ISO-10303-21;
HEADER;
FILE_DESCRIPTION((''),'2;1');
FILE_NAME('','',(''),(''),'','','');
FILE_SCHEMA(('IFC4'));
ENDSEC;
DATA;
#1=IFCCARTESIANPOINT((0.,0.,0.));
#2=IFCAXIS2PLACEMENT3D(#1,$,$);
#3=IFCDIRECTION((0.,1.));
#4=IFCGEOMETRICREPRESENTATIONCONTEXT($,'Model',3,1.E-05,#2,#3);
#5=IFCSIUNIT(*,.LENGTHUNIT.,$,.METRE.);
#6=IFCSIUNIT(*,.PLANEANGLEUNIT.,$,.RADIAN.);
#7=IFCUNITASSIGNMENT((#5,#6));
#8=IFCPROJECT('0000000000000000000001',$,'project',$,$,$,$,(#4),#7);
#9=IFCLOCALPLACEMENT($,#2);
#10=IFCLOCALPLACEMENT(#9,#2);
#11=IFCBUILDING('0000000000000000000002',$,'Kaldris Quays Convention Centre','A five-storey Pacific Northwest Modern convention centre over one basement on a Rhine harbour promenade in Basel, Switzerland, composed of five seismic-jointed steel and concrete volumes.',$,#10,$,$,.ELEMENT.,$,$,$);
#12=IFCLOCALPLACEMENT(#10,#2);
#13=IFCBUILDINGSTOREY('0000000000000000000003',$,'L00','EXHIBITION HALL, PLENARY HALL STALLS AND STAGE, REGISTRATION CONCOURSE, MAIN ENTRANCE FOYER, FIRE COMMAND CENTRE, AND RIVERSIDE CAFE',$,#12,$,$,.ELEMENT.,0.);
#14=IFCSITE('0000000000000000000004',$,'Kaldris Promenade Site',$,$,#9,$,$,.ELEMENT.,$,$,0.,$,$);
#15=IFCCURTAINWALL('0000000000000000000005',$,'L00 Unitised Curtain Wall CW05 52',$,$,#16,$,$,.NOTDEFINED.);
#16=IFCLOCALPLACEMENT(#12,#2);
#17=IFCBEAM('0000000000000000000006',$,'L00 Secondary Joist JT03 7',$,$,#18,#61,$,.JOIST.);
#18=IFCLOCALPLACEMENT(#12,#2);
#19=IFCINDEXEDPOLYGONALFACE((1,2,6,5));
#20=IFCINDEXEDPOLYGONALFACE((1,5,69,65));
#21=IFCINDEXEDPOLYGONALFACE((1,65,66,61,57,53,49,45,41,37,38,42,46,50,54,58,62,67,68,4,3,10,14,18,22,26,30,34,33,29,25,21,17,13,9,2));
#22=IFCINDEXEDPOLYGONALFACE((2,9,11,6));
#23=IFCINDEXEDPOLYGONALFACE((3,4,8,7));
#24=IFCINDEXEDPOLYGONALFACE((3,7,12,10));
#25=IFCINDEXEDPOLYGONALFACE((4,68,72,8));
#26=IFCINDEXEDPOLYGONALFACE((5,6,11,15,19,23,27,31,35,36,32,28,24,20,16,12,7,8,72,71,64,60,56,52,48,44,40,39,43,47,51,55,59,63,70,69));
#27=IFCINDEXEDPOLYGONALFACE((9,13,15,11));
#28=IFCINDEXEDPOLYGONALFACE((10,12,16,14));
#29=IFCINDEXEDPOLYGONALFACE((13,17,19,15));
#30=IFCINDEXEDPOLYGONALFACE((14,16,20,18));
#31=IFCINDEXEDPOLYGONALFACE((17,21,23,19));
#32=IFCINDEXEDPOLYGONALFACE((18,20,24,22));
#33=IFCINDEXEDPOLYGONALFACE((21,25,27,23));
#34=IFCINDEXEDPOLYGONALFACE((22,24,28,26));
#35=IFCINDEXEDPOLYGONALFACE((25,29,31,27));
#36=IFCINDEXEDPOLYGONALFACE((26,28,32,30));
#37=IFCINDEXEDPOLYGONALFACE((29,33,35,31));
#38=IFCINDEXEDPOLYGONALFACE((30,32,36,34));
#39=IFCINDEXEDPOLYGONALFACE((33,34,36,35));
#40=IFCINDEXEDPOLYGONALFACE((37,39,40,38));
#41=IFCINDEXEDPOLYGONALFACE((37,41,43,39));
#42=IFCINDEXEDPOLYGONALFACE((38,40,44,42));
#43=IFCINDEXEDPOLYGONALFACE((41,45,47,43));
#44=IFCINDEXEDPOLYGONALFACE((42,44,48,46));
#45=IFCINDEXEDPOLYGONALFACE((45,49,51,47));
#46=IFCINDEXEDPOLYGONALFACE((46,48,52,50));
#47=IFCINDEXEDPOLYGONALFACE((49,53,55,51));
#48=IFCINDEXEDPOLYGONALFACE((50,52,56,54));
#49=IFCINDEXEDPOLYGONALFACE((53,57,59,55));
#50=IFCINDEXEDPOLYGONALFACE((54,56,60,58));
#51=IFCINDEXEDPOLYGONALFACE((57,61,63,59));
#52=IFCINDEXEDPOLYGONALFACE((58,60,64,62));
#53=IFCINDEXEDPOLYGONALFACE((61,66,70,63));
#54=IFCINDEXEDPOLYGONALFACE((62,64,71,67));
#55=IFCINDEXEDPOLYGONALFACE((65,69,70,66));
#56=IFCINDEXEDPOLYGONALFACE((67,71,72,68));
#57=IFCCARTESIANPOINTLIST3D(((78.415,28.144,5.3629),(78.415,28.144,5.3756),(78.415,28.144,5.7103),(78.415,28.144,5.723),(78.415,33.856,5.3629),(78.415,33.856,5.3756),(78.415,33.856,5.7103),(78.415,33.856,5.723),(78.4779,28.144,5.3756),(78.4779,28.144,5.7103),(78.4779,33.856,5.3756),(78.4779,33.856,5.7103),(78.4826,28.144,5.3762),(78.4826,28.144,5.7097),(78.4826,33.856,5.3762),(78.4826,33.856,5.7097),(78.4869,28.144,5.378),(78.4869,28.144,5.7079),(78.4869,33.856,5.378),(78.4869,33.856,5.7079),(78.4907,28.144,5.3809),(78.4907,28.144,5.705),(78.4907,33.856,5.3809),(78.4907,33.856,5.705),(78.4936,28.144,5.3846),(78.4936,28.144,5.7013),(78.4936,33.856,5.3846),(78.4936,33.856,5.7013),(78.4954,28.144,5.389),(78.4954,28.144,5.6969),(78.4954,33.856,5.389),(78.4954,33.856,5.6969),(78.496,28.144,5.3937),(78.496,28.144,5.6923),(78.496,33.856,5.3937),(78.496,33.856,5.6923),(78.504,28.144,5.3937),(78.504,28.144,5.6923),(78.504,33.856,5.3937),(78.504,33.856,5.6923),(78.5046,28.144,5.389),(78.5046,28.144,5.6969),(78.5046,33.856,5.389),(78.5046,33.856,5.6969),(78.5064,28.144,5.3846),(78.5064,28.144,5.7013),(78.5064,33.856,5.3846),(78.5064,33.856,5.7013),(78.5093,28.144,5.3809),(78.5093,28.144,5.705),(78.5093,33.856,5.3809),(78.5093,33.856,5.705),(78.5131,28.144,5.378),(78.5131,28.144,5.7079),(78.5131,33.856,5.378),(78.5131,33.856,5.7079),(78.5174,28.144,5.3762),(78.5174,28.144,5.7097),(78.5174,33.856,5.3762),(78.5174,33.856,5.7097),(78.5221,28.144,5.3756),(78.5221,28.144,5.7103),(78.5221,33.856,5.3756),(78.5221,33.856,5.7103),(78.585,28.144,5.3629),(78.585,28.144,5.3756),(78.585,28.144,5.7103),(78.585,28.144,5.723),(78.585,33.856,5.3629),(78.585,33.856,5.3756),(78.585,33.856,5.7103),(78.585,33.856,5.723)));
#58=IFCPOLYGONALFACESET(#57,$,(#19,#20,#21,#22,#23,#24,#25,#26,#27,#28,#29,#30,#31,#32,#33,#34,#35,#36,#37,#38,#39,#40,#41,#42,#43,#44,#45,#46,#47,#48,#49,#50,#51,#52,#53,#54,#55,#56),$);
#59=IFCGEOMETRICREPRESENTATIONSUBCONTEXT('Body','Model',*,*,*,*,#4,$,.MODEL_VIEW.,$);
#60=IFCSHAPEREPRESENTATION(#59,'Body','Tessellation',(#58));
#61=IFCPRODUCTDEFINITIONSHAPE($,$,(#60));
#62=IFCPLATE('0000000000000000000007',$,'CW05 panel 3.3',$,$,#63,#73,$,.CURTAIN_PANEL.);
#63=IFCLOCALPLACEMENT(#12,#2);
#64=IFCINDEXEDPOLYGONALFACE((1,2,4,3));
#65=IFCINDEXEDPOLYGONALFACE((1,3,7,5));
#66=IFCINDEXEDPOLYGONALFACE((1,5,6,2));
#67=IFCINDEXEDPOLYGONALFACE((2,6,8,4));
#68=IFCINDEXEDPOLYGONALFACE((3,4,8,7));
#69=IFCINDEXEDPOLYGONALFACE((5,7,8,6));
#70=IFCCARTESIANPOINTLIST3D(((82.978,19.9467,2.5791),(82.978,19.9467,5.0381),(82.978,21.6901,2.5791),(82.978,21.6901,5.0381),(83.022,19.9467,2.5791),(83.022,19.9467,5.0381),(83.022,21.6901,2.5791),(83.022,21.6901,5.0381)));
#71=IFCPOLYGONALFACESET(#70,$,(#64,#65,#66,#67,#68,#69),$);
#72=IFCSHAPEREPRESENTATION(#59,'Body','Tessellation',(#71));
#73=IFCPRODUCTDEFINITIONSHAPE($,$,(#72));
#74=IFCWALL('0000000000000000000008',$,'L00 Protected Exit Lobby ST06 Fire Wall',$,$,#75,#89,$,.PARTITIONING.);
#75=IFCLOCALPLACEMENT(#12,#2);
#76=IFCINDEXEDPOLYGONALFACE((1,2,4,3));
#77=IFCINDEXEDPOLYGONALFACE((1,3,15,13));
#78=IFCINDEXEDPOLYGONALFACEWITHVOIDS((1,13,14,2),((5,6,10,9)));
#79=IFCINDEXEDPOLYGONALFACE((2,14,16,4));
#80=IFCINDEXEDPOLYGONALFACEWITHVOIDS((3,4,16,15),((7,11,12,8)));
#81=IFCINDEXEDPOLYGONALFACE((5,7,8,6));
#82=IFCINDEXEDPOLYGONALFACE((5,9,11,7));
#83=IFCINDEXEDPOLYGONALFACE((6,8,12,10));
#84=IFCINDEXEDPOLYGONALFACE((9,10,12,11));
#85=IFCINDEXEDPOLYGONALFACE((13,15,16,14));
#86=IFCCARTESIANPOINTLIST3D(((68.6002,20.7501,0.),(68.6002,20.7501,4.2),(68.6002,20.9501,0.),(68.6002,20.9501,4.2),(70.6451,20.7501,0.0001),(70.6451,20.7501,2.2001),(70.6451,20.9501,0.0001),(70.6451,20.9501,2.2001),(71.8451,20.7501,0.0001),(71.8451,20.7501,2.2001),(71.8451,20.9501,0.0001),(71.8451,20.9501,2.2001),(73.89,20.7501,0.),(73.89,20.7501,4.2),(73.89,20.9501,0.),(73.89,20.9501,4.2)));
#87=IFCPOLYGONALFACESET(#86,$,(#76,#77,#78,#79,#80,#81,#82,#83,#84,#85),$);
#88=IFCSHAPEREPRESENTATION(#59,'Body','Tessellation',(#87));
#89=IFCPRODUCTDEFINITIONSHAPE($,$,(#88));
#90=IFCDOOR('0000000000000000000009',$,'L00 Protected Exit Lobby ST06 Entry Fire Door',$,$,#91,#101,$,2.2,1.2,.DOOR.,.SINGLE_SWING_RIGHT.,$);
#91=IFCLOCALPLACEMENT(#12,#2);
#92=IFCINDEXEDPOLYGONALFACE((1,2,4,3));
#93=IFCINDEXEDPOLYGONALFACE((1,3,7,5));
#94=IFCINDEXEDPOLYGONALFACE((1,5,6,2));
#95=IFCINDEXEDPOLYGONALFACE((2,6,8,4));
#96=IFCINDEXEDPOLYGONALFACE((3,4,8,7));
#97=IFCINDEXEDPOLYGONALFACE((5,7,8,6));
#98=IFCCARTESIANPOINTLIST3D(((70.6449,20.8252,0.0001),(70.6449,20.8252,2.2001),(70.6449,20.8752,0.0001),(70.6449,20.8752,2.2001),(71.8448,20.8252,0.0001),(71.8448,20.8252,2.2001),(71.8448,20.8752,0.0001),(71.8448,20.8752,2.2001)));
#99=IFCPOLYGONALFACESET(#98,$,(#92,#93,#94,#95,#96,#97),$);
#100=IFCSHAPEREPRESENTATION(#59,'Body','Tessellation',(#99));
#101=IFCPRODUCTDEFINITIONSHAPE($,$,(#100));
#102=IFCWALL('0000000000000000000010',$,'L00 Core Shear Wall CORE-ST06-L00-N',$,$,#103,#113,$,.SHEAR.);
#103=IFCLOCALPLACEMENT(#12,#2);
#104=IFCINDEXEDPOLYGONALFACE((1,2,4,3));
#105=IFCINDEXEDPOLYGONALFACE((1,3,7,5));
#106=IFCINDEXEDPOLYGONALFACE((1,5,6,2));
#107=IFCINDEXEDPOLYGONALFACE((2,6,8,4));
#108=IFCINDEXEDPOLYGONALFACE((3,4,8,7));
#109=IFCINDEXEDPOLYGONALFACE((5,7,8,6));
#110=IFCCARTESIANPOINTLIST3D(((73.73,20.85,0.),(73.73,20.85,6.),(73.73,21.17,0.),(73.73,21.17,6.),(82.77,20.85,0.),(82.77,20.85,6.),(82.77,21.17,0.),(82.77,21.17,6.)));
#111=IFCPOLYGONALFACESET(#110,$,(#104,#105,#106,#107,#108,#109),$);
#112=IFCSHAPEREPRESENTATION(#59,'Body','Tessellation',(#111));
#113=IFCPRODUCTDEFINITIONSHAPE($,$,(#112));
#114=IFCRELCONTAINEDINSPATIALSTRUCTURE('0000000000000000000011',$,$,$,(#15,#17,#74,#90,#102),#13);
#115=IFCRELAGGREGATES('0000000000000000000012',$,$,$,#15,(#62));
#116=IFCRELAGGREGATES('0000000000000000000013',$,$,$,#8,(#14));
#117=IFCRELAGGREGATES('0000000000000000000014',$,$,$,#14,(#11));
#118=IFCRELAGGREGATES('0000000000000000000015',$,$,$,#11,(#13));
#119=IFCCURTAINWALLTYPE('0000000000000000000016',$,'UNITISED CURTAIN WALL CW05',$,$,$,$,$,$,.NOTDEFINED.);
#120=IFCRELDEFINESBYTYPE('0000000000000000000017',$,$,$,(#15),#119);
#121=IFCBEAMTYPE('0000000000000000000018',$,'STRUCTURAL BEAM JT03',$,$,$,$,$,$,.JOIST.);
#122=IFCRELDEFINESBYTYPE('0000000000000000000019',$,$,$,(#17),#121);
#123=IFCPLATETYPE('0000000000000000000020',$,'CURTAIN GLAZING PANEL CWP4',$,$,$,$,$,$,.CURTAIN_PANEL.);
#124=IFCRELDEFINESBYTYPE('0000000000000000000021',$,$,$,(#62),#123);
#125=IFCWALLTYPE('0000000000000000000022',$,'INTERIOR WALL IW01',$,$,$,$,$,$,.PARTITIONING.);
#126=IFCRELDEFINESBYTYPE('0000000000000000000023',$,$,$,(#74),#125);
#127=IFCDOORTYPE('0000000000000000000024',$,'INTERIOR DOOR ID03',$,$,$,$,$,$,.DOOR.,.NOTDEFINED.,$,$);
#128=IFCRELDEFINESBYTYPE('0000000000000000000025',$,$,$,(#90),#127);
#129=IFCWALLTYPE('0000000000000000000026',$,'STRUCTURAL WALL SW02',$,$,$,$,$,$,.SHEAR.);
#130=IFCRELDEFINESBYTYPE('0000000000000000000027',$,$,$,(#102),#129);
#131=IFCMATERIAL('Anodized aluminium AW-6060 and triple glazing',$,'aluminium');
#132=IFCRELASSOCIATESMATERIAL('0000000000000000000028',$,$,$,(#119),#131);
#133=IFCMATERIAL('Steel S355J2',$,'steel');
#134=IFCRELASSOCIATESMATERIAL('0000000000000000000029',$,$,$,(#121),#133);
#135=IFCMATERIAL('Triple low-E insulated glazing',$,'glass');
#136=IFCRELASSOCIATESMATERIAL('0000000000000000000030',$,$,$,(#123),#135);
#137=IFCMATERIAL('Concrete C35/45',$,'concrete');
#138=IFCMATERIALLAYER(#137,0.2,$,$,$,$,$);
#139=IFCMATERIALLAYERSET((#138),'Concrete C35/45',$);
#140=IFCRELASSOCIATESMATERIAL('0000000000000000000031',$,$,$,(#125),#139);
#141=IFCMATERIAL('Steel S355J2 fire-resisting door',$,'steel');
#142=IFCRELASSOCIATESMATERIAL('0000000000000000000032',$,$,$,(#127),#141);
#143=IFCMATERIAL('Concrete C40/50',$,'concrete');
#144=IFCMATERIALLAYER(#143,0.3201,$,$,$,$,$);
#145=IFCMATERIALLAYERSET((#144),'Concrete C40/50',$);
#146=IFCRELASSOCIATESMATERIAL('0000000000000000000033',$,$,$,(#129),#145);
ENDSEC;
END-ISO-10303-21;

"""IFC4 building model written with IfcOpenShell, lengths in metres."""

from ifc_helpers import new_model, si_unit, direction, frame, frame_2d, origin, origin_2d, place, context, subcontext, project, spatial, rectangle, i_section, extrude, material, layer, layer_set, material_profile, profile_set, type_object, element, fill, aggregate, save


model = new_model("IFC4")

# Units and contexts
model_context = context("Model", 3, precision=1e-05, world=origin(), true_north=direction((0.0, 1.0)))
body_context = subcontext(model_context, "Body", "Model", "MODEL_VIEW")
ifc_project = project(units=[si_unit("LENGTHUNIT", "METRE"), si_unit("PLANEANGLEUNIT", "RADIAN")], contexts=[model_context])

# Site, building, storey
site_placement = place(None, origin())
site = spatial("IfcSite", under=ifc_project, at=site_placement, Name="Kaldris Promenade Site", CompositionType="ELEMENT", RefElevation=0.0)
building_placement = place(site_placement, origin())
building = spatial("IfcBuilding", under=site, at=building_placement, Name="Kaldris Quays Convention Centre", Description="A five-storey Pacific Northwest Modern convention centre over one basement on a Rhine harbour promenade in Basel, Switzerland, composed of five seismic-jointed steel and concrete volumes.", CompositionType="ELEMENT")
storey_placement = place(building_placement, origin())
storey = spatial("IfcBuildingStorey", under=building, at=storey_placement, Name="L00", Description="EXHIBITION HALL, PLENARY HALL STALLS AND STAGE, REGISTRATION CONCOURSE, MAIN ENTRANCE FOYER, FIRE COMMAND CENTRE, AND RIVERSIDE CAFE", CompositionType="ELEMENT", Elevation=0.0)

# Shared definitions
ifc_material_1 = material(Name="Steel S355J2", Category="steel")

# Curtain wall
ifc_material_2 = material(Name="Anodized aluminium AW-6060 and triple glazing", Category="aluminium")
curtain_wall_type = type_object("IfcCurtainWallType", Name="UNITISED CURTAIN WALL CW05", PredefinedType="NOTDEFINED", material=ifc_material_2)
curtain_wall_1_placement = place(storey_placement, origin())
curtain_wall_1 = element("IfcCurtainWall", 1, at=curtain_wall_1_placement, inside=storey, type_object=curtain_wall_type, Name="L00 Unitised Curtain Wall CW05 52", PredefinedType="NOTDEFINED")

# Beam
ifc_material_profile_1 = material_profile(ifc_material_1, i_section(OverallWidth=0.1699, OverallDepth=0.3601, WebThickness=0.0081, FlangeThickness=0.0127, FilletRadius=0.0181, at=origin_2d()), Name="IPE 360")
ifc_profile_set_1 = profile_set([ifc_material_profile_1], Name="Steel S355J2")
beam_type_1 = type_object("IfcBeamType", Name="STRUCTURAL BEAM JT03", PredefinedType="JOIST", material=ifc_profile_set_1)
for number, where, z_axis, x_axis, name in (
    (2, (78.5, 28.144, 5.543), (0.0, 1.0, 0.0), (-1.0, 0.0, 0.0), "L00 Secondary Joist JT03 7"),
):
    element("IfcBeam", number, at=place(storey_placement, frame(where, z_axis=z_axis, x_axis=x_axis)), inside=storey, type_object=beam_type_1, Name=name, PredefinedType="JOIST", context=body_context, shape_type="SweptSolid", body=[
        extrude(i_section(OverallWidth=0.1699, OverallDepth=0.3601, WebThickness=0.0081, FlangeThickness=0.0127, FilletRadius=0.0181, at=origin_2d()), origin(), (0.0, 0.0, 1.0), 5.7119),
    ])

# Plate
ifc_material_3 = material(Name="Triple low-E insulated glazing", Category="glass")
plate_type = type_object("IfcPlateType", Name="CURTAIN GLAZING PANEL CWP4", PredefinedType="CURTAIN_PANEL", material=ifc_material_3)
plate_placement = place(storey_placement, frame((83.0, 20.8184, 2.5791), z_axis=(0.0, 0.0, 1.0), x_axis=(0.0, 1.0, 0.0)))
plate = element("IfcPlate", 3, at=plate_placement, type_object=plate_type, Name="CW05 panel 3.3", PredefinedType="CURTAIN_PANEL", context=body_context, shape_type="SweptSolid", body=[
    extrude(rectangle(XDim=1.7434, YDim=0.0439, at=origin_2d()), origin(), (0.0, 0.0, 1.0), 2.459),
])
aggregate(curtain_wall_1, [plate])

# Wall, opening, door
ifc_material_4 = material(Name="Concrete C35/45", Category="concrete")
ifc_layer_1 = layer(ifc_material_4, 0.2)
ifc_layer_set_1 = layer_set([ifc_layer_1], Name="Concrete C35/45")
wall_type_1 = type_object("IfcWallType", Name="INTERIOR WALL IW01", PredefinedType="PARTITIONING", material=ifc_layer_set_1)
wall_1_placement = place(storey_placement, frame((68.6001, 20.8501, 0.0), z_axis=(0.0, 0.0, 1.0), x_axis=(1.0, 0.0, 0.0)))
wall_1 = element("IfcWall", 4, at=wall_1_placement, inside=storey, type_object=wall_type_1, Name="L00 Protected Exit Lobby ST06 Fire Wall", PredefinedType="PARTITIONING", context=body_context, shape_type="SweptSolid", body=[
    extrude(rectangle(XDim=5.2898, YDim=0.2, at=frame_2d((2.645, 0.0))), origin(), (0.0, 0.0, 1.0), 4.2),
])
opening_placement = place(wall_1_placement, frame((2.0449, 0.0, 0.0)))
opening = element("IfcOpeningElement", 5, at=opening_placement, cuts=wall_1, PredefinedType="OPENING", context=body_context, shape_type="SweptSolid", body=[
    extrude(rectangle(XDim=1.2, YDim=2.2, at=frame_2d((0.6001, 1.1001))), frame((0.0, 0.1099, 0.0), z_axis=(0.0, -1.0, 0.0), x_axis=(1.0, 0.0, 0.0)), (0.0, 0.0, 1.0), 0.22),
])
ifc_material_5 = material(Name="Steel S355J2 fire-resisting door", Category="steel")
door_type = type_object("IfcDoorType", Name="INTERIOR DOOR ID03", OperationType="NOTDEFINED", PredefinedType="DOOR", material=ifc_material_5)
door_placement = place(opening_placement, frame((1.2, 0.0, 0.0), z_axis=(0.0, 0.0, 1.0), x_axis=(-1.0, 0.0, 0.0)))
door = element("IfcDoor", 6, at=door_placement, inside=storey, type_object=door_type, Name="L00 Protected Exit Lobby ST06 Entry Fire Door", OperationType="SINGLE_SWING_RIGHT", OverallHeight=2.2, OverallWidth=1.2, PredefinedType="DOOR", context=body_context, shape_type="SweptSolid", body=[
    extrude(rectangle(XDim=1.2, YDim=2.2, at=frame_2d((0.6001, 1.1001))), frame((0.0, 0.0249, 0.0), z_axis=(0.0, -1.0, 0.0), x_axis=(1.0, 0.0, 0.0)), (0.0, 0.0, 1.0), 0.05),
])
fill(opening, door)

# Wall
ifc_material_6 = material(Name="Concrete C40/50", Category="concrete")
ifc_layer_2 = layer(ifc_material_6, 0.3201)
ifc_layer_set_2 = layer_set([ifc_layer_2], Name="Concrete C40/50")
wall_type_2 = type_object("IfcWallType", Name="STRUCTURAL WALL SW02", PredefinedType="SHEAR", material=ifc_layer_set_2)
wall_2_placement = place(storey_placement, frame((73.73, 21.01, 0.0), z_axis=(0.0, 0.0, 1.0), x_axis=(1.0, 0.0, 0.0)))
element("IfcWall", 7, at=wall_2_placement, inside=storey, type_object=wall_type_2, Name="L00 Core Shear Wall CORE-ST06-L00-N", PredefinedType="SHEAR", context=body_context, shape_type="SweptSolid", body=[
    extrude(rectangle(XDim=9.04, YDim=0.3201, at=frame_2d((4.52, 0.0))), origin(), (0.0, 0.0, 1.0), 6.0),
])

save(model, "model.ifc")
